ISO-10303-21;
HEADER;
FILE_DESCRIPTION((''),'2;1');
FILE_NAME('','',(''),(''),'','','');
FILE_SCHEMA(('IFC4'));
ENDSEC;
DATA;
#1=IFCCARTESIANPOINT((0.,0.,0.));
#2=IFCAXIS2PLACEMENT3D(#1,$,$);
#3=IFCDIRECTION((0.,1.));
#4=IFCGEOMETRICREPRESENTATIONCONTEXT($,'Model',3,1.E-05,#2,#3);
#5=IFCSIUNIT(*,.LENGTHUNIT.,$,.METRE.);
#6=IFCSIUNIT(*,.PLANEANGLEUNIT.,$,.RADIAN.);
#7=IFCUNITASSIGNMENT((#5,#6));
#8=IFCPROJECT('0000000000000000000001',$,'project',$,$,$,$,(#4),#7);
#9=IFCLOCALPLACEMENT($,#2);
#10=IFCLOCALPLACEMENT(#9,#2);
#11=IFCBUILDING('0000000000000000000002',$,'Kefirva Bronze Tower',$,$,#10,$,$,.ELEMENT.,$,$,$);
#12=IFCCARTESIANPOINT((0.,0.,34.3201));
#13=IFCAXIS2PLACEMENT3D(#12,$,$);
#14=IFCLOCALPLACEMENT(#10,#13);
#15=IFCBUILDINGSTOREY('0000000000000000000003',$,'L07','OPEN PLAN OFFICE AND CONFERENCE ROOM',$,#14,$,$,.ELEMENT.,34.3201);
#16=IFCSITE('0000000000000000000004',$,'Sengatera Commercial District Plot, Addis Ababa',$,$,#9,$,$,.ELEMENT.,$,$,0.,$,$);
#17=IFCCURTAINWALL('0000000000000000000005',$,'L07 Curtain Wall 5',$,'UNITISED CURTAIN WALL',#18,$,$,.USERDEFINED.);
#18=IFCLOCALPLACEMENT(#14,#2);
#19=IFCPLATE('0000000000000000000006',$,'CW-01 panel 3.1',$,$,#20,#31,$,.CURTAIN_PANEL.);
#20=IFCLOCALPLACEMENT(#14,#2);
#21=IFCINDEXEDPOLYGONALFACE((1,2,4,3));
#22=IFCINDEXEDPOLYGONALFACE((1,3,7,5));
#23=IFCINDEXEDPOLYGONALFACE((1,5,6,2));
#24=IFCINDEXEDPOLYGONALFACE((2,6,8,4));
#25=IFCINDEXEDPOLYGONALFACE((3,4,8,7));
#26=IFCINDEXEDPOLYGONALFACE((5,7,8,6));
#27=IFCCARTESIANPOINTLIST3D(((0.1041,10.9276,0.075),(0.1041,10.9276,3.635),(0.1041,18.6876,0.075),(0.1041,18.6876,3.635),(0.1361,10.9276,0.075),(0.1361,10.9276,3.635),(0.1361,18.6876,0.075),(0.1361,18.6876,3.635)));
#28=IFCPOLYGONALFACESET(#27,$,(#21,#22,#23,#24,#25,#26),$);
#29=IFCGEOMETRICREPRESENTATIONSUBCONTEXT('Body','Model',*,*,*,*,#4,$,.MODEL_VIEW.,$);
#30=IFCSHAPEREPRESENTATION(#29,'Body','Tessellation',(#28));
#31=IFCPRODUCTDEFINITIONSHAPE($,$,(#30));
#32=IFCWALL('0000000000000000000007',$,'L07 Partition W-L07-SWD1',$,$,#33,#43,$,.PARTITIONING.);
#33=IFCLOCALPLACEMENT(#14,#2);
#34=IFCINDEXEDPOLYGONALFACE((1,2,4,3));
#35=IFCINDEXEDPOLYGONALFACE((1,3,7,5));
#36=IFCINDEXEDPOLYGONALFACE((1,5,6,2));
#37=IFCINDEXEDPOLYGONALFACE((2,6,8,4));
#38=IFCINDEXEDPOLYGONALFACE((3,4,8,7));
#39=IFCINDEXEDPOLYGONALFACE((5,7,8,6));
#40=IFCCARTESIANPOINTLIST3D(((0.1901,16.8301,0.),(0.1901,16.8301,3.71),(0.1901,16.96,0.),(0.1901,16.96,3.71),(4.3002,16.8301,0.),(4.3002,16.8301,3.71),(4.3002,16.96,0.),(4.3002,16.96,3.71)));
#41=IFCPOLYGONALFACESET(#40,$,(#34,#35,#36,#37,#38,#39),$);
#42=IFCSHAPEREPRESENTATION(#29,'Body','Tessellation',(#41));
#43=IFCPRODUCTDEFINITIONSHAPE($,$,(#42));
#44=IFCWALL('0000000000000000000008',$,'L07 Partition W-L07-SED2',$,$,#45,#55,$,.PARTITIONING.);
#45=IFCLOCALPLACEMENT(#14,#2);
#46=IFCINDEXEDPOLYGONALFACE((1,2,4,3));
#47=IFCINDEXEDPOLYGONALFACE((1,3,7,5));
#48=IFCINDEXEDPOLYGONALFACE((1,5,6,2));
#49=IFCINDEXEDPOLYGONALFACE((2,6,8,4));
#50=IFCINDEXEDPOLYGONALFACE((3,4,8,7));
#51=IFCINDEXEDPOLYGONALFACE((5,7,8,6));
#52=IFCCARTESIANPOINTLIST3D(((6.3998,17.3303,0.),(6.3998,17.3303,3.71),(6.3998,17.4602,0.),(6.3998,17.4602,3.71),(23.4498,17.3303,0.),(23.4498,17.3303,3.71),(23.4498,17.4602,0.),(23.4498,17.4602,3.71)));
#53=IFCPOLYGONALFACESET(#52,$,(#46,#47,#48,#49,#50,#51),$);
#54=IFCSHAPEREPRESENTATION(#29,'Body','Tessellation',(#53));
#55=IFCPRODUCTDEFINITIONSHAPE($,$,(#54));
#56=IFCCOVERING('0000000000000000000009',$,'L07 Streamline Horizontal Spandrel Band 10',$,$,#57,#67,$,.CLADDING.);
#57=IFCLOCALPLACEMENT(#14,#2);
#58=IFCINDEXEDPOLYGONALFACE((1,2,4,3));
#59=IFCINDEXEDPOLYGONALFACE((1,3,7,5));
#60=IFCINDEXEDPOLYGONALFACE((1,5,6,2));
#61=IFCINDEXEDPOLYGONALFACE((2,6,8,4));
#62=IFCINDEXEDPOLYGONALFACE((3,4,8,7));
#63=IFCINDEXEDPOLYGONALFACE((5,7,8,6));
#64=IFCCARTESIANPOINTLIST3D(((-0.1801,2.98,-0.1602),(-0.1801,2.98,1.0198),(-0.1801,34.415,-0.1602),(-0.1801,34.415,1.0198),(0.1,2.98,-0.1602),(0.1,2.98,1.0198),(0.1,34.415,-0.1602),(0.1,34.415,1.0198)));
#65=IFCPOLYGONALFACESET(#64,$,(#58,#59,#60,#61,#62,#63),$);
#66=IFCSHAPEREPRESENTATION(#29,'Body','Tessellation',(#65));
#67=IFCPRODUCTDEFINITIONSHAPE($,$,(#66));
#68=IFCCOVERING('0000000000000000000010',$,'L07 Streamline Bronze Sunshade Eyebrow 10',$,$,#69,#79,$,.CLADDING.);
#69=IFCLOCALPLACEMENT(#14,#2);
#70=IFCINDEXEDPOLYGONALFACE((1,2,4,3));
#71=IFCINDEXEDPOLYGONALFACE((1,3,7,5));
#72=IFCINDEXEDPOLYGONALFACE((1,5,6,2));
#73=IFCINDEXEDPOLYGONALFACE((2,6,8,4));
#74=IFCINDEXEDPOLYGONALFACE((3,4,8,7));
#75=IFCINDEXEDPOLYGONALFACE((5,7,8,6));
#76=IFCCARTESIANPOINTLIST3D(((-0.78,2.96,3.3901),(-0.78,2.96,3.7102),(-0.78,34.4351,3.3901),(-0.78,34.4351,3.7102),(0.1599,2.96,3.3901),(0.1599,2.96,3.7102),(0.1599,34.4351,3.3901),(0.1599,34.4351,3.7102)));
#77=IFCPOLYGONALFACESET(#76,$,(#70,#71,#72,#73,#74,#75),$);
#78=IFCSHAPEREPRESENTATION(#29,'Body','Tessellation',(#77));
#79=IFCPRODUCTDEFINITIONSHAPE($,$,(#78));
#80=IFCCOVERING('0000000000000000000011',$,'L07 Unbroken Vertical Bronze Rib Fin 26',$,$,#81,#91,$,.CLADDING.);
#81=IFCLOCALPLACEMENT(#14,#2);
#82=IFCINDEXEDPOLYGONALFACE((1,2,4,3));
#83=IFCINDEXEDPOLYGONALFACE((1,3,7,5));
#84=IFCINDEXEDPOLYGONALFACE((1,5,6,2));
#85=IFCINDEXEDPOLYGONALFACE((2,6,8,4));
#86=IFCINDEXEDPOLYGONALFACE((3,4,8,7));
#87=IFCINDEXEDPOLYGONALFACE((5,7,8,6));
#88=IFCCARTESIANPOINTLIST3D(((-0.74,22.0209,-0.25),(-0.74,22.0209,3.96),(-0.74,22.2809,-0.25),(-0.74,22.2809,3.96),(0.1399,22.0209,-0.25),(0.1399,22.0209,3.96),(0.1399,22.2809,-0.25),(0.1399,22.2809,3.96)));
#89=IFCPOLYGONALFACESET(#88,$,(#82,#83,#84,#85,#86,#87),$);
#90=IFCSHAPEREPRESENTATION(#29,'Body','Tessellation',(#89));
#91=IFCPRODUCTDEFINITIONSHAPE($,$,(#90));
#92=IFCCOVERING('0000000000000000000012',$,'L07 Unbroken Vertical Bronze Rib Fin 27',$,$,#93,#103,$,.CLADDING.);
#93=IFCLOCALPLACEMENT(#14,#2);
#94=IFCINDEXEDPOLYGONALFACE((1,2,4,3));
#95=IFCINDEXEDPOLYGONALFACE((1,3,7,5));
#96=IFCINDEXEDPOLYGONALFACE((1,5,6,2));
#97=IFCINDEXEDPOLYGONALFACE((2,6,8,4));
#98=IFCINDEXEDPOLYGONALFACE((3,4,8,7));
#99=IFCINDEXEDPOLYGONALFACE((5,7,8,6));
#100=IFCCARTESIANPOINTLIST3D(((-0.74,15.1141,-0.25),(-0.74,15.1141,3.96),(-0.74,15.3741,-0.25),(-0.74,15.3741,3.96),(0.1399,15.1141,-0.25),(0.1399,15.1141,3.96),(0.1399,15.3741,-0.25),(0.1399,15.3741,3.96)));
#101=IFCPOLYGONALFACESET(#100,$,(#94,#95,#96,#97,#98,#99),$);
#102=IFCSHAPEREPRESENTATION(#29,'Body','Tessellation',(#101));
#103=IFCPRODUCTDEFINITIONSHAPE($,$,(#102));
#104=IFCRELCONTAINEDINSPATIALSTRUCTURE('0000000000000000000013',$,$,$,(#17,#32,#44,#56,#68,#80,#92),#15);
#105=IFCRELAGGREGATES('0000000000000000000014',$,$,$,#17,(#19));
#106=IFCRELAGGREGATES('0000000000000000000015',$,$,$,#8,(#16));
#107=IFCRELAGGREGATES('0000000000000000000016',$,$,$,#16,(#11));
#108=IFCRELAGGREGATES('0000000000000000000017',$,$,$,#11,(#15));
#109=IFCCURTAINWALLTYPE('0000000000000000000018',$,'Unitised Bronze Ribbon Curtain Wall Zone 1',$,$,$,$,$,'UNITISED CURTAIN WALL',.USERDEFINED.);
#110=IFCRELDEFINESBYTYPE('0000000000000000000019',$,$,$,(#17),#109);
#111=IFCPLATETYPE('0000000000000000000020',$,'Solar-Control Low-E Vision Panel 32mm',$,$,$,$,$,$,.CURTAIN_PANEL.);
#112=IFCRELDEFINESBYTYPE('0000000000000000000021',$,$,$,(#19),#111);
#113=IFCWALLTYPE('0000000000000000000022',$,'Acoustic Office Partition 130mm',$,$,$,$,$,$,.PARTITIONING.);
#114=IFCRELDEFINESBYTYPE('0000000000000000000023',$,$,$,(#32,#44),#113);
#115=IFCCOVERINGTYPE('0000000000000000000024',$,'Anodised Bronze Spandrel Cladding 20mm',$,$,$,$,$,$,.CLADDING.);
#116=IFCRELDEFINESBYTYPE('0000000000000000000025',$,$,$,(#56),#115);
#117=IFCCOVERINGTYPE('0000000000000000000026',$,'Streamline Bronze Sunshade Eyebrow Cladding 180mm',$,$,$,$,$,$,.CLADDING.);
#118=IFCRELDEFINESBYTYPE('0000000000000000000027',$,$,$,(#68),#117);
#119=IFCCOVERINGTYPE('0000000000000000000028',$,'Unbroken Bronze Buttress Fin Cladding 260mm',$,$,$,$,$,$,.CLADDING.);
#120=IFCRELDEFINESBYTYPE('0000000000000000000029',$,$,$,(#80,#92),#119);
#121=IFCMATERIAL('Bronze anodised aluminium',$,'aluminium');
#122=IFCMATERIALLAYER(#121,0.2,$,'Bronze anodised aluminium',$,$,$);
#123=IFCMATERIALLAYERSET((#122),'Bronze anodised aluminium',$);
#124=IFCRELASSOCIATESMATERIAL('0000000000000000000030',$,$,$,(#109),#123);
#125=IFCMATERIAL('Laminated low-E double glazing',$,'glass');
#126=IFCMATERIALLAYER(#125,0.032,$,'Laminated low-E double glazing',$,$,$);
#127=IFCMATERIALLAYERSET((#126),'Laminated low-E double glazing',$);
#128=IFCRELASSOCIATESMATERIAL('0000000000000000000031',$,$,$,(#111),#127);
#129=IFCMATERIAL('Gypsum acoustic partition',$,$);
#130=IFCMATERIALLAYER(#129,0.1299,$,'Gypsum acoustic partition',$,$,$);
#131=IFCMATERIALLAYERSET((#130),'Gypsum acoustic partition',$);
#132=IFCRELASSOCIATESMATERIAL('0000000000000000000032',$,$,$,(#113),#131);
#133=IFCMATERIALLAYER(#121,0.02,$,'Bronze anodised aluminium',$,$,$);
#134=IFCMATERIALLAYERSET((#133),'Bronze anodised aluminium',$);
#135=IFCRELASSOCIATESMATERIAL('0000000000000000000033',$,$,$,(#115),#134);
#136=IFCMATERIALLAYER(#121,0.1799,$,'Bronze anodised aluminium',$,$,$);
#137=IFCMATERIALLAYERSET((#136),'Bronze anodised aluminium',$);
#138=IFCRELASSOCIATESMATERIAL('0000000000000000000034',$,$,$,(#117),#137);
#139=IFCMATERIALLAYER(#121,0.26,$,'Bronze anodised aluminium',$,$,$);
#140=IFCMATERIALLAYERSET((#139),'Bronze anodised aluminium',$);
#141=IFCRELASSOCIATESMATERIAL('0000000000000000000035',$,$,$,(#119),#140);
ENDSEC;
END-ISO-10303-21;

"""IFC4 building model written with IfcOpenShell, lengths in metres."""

from ifc_helpers import new_model, si_unit, direction, frame, frame_2d, origin, origin_2d, place, context, subcontext, project, spatial, rectangle, extrude, material, layer, layer_set, type_object, element, aggregate, save


model = new_model("IFC4")

# Units and contexts
model_context = context("Model", 3, precision=1e-05, world=origin(), true_north=direction((0.0, 1.0)))
body_context = subcontext(model_context, "Body", "Model", "MODEL_VIEW")
ifc_project = project(units=[si_unit("LENGTHUNIT", "METRE"), si_unit("PLANEANGLEUNIT", "RADIAN")], contexts=[model_context])

# Site, building, storey
site_placement = place(None, origin())
site = spatial("IfcSite", under=ifc_project, at=site_placement, Name="Sengatera Commercial District Plot, Addis Ababa", CompositionType="ELEMENT", RefElevation=0.0)
building_placement = place(site_placement, origin())
building = spatial("IfcBuilding", under=site, at=building_placement, Name="Kefirva Bronze Tower", CompositionType="ELEMENT")
storey_placement = place(building_placement, frame((0.0, 0.0, 34.3201)))
storey = spatial("IfcBuildingStorey", under=building, at=storey_placement, Name="L07", Description="OPEN PLAN OFFICE AND CONFERENCE ROOM", CompositionType="ELEMENT", Elevation=34.3201)

# Curtain wall
ifc_material_1 = material(Name="Bronze anodised aluminium", Category="aluminium")
ifc_layer_1 = layer(ifc_material_1, 0.2, Name="Bronze anodised aluminium")
ifc_layer_set_1 = layer_set([ifc_layer_1], Name="Bronze anodised aluminium")
curtain_wall_type = type_object("IfcCurtainWallType", Name="Unitised Bronze Ribbon Curtain Wall Zone 1", ElementType="UNITISED CURTAIN WALL", PredefinedType="USERDEFINED", material=ifc_layer_set_1)
curtain_wall_placement = place(storey_placement, origin())
curtain_wall = element("IfcCurtainWall", 1, at=curtain_wall_placement, inside=storey, type_object=curtain_wall_type, Name="L07 Curtain Wall 5", ObjectType="UNITISED CURTAIN WALL", PredefinedType="USERDEFINED")

# Plate
ifc_material_2 = material(Name="Laminated low-E double glazing", Category="glass")
ifc_layer_2 = layer(ifc_material_2, 0.032, Name="Laminated low-E double glazing")
ifc_layer_set_2 = layer_set([ifc_layer_2], Name="Laminated low-E double glazing")
plate_type = type_object("IfcPlateType", Name="Solar-Control Low-E Vision Panel 32mm", PredefinedType="CURTAIN_PANEL", material=ifc_layer_set_2)
plate_1_placement = place(storey_placement, frame((0.1201, 14.8076, 0.075), z_axis=(0.0, 0.0, 1.0), x_axis=(0.0, -1.0, 0.0)))
plate_1 = element("IfcPlate", 2, at=plate_1_placement, type_object=plate_type, Name="CW-01 panel 3.1", PredefinedType="CURTAIN_PANEL", context=body_context, shape_type="SweptSolid", body=[
    extrude(rectangle(XDim=7.76, YDim=0.032, at=origin_2d()), origin(), (0.0, 0.0, 1.0), 3.5601),
])
aggregate(curtain_wall, [plate_1])

# Walls
ifc_material_3 = material(Name="Gypsum acoustic partition")
ifc_layer_3 = layer(ifc_material_3, 0.1299, Name="Gypsum acoustic partition")
ifc_layer_set_3 = layer_set([ifc_layer_3], Name="Gypsum acoustic partition")
wall_type = type_object("IfcWallType", Name="Acoustic Office Partition 130mm", PredefinedType="PARTITIONING", material=ifc_layer_set_3)
wall_1_placement = place(storey_placement, frame((0.1899, 16.895, 0.0), z_axis=(0.0, 0.0, 1.0), x_axis=(1.0, 0.0, 0.0)))
element("IfcWall", 3, at=wall_1_placement, inside=storey, type_object=wall_type, Name="L07 Partition W-L07-SWD1", PredefinedType="PARTITIONING", context=body_context, shape_type="SweptSolid", body=[
    extrude(rectangle(XDim=4.1101, YDim=0.1299, at=frame_2d((2.0552, 0.0))), origin(), (0.0, 0.0, 1.0), 3.71),
])
wall_2_placement = place(storey_placement, frame((6.3999, 17.3953, 0.0), z_axis=(0.0, 0.0, 1.0), x_axis=(1.0, 0.0, 0.0)))
element("IfcWall", 4, at=wall_2_placement, inside=storey, type_object=wall_type, Name="L07 Partition W-L07-SED2", PredefinedType="PARTITIONING", context=body_context, shape_type="SweptSolid", body=[
    extrude(rectangle(XDim=17.05, YDim=0.1299, at=frame_2d((8.5249, 0.0))), origin(), (0.0, 0.0, 1.0), 3.71),
])

# Coverings
ifc_layer_4 = layer(ifc_material_1, 0.02, Name="Bronze anodised aluminium")
ifc_layer_set_4 = layer_set([ifc_layer_4], Name="Bronze anodised aluminium")
covering_type_1 = type_object("IfcCoveringType", Name="Anodised Bronze Spandrel Cladding 20mm", PredefinedType="CLADDING", material=ifc_layer_set_4)
covering_1_placement = place(storey_placement, frame((-0.04, 18.6975, -0.1602), z_axis=(0.0, 0.0, 1.0), x_axis=(0.0, -1.0, 0.0)))
element("IfcCovering", 5, at=covering_1_placement, inside=storey, type_object=covering_type_1, Name="L07 Streamline Horizontal Spandrel Band 10", PredefinedType="CLADDING", context=body_context, shape_type="SweptSolid", body=[
    extrude(rectangle(XDim=31.4351, YDim=0.28, at=origin_2d()), origin(), (0.0, 0.0, 1.0), 1.1799),
])
ifc_layer_5 = layer(ifc_material_1, 0.1799, Name="Bronze anodised aluminium")
ifc_layer_set_5 = layer_set([ifc_layer_5], Name="Bronze anodised aluminium")
covering_type_2 = type_object("IfcCoveringType", Name="Streamline Bronze Sunshade Eyebrow Cladding 180mm", PredefinedType="CLADDING", material=ifc_layer_set_5)
covering_2_placement = place(storey_placement, frame((-0.3101, 18.6975, 3.3901), z_axis=(0.0, 0.0, 1.0), x_axis=(0.0, -1.0, 0.0)))
element("IfcCovering", 6, at=covering_2_placement, inside=storey, type_object=covering_type_2, Name="L07 Streamline Bronze Sunshade Eyebrow 10", PredefinedType="CLADDING", context=body_context, shape_type="SweptSolid", body=[
    extrude(rectangle(XDim=31.4751, YDim=0.9399, at=origin_2d()), origin(), (0.0, 0.0, 1.0), 0.3201),
])
ifc_layer_6 = layer(ifc_material_1, 0.26, Name="Bronze anodised aluminium")
ifc_layer_set_6 = layer_set([ifc_layer_6], Name="Bronze anodised aluminium")
covering_type_3 = type_object("IfcCoveringType", Name="Unbroken Bronze Buttress Fin Cladding 260mm", PredefinedType="CLADDING", material=ifc_layer_set_6)
for number, where, z_axis, x_axis, name in (
    (7, (-0.3, 22.1509, -0.25), (0.0, 0.0, 1.0), (0.0, -1.0, 0.0), "L07 Unbroken Vertical Bronze Rib Fin 26"),
    (8, (-0.3, 15.2441, -0.25), (0.0, 0.0, 1.0), (0.0, -1.0, 0.0), "L07 Unbroken Vertical Bronze Rib Fin 27"),
):
    element("IfcCovering", number, at=place(storey_placement, frame(where, z_axis=z_axis, x_axis=x_axis)), inside=storey, type_object=covering_type_3, Name=name, PredefinedType="CLADDING", context=body_context, shape_type="SweptSolid", body=[
        extrude(rectangle(XDim=0.26, YDim=0.8799, at=origin_2d()), origin(), (0.0, 0.0, 1.0), 4.21),
    ])

save(model, "model.ifc")
